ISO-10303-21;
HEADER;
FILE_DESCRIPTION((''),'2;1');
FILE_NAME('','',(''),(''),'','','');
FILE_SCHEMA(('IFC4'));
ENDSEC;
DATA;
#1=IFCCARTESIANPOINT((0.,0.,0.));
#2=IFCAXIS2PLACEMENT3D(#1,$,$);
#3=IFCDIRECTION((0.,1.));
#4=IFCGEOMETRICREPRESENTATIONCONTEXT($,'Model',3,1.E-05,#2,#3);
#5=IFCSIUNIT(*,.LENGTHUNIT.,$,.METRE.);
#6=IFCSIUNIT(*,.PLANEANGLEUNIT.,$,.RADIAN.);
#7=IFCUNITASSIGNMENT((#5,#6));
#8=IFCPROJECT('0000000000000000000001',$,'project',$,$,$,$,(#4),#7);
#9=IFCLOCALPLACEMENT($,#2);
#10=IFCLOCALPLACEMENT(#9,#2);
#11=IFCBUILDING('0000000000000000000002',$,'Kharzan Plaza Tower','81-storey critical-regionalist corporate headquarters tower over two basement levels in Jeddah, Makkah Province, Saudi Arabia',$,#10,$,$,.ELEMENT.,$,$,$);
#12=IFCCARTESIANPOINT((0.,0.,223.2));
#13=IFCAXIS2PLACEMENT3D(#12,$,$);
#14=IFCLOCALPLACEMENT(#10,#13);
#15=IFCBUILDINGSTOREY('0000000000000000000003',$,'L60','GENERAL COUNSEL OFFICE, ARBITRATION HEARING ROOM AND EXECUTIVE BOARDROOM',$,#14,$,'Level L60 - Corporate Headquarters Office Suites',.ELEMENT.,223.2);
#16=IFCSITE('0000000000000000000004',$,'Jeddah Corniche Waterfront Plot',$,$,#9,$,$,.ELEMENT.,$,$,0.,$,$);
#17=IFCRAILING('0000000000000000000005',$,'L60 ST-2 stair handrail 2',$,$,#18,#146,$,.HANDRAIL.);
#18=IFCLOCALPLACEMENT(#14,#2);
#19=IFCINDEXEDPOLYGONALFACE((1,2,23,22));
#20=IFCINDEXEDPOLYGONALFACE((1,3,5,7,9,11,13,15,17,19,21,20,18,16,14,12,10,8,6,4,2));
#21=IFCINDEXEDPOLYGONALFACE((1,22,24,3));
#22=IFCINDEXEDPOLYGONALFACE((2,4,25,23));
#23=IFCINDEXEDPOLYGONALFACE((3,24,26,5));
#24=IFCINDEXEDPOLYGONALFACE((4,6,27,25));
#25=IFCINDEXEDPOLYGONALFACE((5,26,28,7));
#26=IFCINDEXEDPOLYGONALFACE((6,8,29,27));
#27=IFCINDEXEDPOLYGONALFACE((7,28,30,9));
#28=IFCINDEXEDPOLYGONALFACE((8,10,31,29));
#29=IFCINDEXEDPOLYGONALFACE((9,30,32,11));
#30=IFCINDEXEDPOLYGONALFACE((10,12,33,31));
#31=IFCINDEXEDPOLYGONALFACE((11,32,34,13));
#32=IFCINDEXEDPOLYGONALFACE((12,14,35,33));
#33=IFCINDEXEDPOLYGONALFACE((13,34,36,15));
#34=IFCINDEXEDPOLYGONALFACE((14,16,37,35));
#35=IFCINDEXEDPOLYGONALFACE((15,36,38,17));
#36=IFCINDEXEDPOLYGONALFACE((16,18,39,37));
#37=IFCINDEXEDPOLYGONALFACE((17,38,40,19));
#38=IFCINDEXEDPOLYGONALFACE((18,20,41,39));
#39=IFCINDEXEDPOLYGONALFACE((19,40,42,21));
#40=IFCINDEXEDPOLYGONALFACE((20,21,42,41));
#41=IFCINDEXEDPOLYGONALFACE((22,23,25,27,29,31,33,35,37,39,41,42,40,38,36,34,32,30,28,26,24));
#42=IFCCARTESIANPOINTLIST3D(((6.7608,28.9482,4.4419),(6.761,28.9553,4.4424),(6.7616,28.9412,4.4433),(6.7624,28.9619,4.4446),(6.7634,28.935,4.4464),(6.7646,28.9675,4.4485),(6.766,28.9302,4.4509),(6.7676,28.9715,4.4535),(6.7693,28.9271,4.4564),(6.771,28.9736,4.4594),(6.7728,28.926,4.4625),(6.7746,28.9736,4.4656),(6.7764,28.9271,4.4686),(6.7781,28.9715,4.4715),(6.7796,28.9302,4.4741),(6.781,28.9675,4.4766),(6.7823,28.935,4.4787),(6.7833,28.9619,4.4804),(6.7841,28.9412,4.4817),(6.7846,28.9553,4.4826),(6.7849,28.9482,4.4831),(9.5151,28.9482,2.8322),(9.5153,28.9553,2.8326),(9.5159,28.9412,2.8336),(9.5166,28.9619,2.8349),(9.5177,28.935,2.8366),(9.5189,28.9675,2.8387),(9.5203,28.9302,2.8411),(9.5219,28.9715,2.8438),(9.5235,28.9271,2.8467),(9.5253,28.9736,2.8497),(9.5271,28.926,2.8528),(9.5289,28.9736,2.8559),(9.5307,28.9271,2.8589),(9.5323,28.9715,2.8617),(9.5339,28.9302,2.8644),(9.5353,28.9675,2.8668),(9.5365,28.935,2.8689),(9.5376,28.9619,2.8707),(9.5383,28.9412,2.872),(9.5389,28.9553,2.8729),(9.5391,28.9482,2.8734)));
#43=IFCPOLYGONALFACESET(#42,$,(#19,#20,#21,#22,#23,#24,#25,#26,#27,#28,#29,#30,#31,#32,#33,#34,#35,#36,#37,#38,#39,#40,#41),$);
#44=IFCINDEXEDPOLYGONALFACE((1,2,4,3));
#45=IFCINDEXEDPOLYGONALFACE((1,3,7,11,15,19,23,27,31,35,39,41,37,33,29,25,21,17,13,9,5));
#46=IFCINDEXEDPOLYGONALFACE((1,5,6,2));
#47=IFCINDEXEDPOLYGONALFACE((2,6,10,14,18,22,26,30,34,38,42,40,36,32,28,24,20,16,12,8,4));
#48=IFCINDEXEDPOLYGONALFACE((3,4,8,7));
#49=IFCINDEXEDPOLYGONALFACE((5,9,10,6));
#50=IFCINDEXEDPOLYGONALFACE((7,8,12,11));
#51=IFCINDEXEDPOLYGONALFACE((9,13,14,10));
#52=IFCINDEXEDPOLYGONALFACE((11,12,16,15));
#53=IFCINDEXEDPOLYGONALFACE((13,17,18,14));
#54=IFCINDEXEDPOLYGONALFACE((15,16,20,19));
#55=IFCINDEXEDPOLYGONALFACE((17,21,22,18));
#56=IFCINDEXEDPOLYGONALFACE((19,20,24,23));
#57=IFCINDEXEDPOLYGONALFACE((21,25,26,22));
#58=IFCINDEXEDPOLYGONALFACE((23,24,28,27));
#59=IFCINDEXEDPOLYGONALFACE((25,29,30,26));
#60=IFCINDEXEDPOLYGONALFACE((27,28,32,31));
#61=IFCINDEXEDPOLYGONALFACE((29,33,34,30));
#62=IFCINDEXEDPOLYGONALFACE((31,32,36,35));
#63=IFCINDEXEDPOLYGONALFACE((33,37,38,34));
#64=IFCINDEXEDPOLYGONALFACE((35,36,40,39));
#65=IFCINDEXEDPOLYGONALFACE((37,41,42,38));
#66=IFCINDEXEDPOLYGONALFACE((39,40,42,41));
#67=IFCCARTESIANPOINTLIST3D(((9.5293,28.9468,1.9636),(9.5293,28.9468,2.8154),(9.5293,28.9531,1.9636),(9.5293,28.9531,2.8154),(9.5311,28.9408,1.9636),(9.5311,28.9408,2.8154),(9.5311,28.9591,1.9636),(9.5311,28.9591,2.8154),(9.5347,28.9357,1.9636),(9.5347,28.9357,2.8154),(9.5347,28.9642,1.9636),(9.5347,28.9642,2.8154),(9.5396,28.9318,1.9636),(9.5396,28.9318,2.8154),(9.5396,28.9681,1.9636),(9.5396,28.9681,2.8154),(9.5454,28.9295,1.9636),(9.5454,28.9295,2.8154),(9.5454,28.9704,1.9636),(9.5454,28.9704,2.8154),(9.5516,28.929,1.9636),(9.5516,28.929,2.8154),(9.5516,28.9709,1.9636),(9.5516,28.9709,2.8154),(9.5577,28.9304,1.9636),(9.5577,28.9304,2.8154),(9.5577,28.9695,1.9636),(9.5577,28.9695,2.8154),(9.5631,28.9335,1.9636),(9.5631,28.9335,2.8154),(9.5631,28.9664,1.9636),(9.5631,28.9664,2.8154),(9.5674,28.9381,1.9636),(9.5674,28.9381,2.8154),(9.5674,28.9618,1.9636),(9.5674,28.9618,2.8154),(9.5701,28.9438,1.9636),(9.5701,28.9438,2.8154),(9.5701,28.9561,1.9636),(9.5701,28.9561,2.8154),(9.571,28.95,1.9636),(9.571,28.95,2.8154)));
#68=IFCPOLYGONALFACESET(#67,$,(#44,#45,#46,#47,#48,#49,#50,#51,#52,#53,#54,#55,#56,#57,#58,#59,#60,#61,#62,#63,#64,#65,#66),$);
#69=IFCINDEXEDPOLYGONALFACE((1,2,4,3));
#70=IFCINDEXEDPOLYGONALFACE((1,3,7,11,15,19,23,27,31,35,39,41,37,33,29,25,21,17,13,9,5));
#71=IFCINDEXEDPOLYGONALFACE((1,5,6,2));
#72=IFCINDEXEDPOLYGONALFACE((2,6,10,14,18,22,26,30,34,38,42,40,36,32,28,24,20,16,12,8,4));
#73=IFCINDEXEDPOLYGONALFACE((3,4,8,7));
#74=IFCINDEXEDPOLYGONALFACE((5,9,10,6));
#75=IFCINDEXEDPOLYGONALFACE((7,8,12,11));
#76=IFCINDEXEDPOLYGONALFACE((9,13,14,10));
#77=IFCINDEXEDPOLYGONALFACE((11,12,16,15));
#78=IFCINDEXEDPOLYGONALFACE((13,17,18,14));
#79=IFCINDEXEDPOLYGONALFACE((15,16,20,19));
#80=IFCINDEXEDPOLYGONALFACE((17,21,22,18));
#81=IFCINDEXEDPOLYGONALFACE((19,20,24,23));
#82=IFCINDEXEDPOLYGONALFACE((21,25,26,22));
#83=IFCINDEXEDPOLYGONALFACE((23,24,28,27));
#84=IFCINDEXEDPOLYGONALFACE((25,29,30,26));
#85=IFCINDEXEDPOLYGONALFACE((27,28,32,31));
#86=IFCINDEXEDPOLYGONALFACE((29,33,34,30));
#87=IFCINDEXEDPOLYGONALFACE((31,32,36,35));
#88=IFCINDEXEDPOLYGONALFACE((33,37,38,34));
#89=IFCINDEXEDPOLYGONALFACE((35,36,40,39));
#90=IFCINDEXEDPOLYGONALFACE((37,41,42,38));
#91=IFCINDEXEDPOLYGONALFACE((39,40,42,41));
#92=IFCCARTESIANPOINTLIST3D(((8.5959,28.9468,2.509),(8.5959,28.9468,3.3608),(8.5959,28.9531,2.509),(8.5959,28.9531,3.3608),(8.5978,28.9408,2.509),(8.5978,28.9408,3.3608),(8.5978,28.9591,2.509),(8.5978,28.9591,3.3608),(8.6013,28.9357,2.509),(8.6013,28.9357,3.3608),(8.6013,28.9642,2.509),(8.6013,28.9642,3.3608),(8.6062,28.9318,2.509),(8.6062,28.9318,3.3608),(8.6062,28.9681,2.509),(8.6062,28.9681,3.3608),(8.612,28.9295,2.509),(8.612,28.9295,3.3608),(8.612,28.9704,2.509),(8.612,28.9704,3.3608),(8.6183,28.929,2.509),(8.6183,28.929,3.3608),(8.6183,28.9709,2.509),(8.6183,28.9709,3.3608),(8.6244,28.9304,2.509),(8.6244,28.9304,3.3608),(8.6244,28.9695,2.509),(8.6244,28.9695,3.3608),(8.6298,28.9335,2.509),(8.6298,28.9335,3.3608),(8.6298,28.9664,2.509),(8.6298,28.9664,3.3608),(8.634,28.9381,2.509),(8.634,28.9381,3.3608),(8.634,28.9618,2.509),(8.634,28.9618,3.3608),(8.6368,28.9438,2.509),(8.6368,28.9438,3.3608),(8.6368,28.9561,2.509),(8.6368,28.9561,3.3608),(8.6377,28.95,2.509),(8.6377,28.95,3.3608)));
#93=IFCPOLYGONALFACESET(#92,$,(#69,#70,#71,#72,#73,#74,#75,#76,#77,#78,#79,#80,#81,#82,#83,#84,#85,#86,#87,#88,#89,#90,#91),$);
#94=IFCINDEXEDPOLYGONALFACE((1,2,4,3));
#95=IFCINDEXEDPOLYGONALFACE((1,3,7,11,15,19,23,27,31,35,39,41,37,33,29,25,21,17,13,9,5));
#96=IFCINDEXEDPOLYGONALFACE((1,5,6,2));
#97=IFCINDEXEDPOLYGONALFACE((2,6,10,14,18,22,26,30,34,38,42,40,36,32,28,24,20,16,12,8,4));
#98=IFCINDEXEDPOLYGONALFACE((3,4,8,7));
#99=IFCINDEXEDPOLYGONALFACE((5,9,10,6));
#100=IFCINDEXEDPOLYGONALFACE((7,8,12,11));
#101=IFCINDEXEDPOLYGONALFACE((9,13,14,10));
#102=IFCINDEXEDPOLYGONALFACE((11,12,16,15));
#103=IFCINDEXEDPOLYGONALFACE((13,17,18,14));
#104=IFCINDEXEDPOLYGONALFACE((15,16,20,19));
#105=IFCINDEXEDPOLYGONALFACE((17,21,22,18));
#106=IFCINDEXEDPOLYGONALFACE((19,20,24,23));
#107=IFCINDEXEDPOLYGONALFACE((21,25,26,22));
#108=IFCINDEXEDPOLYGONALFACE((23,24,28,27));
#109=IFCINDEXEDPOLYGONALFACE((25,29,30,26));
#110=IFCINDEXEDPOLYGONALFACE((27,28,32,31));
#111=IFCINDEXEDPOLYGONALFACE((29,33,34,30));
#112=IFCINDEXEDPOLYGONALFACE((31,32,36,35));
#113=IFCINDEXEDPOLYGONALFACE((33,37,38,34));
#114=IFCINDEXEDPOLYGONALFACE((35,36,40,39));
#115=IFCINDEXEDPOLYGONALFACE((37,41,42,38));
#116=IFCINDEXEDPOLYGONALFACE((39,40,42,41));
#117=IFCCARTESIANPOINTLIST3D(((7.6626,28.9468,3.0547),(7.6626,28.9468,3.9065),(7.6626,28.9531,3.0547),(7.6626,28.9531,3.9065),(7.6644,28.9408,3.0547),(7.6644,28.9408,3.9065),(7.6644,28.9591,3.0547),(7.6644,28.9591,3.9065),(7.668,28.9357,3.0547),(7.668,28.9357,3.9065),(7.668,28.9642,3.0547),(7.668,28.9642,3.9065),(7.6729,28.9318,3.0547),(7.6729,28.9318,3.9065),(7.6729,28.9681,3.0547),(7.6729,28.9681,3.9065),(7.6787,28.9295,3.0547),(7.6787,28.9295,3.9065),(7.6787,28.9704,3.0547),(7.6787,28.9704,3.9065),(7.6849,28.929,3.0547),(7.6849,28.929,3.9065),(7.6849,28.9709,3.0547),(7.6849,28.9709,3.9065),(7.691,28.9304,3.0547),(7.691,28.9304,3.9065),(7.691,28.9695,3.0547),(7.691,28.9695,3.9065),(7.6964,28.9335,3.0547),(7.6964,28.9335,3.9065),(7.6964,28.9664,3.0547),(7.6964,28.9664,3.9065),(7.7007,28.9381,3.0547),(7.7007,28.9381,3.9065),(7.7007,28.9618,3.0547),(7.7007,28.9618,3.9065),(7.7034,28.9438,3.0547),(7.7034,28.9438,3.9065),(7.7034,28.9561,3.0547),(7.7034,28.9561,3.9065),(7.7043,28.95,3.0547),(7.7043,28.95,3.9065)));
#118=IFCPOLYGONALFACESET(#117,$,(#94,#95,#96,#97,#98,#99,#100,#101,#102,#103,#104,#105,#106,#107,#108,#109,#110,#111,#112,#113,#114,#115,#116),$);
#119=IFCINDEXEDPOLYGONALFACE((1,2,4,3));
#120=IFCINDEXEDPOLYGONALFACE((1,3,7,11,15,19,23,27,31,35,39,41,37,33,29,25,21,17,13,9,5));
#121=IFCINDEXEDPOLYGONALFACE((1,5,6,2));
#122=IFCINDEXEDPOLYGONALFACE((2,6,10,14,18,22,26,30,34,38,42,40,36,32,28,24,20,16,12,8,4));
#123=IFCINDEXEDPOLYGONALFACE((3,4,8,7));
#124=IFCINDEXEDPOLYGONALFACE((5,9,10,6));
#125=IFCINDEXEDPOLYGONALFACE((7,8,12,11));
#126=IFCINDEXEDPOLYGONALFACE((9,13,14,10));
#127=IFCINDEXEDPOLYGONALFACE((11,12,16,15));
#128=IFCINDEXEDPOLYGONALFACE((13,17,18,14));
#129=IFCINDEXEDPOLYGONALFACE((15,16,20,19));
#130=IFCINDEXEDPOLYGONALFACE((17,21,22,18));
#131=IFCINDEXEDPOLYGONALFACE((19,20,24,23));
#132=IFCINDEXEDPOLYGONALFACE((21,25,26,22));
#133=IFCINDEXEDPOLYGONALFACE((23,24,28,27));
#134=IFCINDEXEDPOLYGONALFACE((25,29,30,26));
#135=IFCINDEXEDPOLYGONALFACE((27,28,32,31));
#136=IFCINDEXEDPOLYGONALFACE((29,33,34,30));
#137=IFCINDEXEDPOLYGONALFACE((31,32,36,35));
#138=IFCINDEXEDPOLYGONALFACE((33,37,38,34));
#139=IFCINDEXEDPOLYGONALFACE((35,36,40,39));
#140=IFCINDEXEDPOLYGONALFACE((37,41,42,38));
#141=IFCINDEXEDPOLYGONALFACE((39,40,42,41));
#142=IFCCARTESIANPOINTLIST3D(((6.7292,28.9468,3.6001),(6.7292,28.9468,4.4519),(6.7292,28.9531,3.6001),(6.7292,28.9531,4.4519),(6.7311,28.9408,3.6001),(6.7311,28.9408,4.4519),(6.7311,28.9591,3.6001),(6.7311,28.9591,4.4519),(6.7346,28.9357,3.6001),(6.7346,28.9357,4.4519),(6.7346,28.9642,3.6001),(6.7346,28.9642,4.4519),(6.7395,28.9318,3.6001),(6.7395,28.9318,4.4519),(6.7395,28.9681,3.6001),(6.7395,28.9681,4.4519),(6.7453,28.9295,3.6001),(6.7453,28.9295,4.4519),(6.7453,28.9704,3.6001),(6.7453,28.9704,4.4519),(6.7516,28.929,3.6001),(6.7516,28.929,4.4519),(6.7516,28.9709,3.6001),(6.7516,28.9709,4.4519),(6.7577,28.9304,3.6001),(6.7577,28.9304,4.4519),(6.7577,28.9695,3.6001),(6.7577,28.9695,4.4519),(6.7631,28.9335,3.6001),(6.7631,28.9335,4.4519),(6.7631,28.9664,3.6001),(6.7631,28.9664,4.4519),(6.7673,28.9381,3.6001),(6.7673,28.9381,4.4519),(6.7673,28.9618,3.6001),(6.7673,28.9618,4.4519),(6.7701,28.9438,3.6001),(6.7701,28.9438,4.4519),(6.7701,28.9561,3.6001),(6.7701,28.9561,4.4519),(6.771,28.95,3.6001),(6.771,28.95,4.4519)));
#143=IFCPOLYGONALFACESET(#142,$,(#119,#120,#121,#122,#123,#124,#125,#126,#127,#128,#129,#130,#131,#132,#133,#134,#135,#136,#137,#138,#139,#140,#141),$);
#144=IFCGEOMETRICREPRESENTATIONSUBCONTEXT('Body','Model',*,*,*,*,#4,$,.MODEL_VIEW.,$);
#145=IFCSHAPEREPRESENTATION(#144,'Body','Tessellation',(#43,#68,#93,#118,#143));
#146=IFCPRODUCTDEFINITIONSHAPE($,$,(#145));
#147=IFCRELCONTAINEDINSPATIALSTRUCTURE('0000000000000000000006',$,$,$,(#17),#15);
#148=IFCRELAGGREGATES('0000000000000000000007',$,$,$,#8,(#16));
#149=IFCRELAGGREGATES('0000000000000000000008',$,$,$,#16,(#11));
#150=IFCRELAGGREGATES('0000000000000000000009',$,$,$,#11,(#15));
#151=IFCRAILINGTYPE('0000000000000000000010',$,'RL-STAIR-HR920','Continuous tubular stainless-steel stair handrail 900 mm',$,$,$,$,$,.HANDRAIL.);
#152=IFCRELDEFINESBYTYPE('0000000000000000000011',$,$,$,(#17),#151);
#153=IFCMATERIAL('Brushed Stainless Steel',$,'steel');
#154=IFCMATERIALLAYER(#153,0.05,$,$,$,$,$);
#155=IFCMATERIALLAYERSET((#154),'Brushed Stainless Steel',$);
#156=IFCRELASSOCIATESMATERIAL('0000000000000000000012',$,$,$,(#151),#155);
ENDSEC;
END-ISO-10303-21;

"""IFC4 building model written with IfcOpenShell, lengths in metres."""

from ifc_helpers import new_model, si_unit, direction, frame, origin, origin_2d, place, context, subcontext, project, spatial, circle, extrude, source, transform, mapped, material, layer, layer_set, type_object, element, save


model = new_model("IFC4")

# Units and contexts
model_context = context("Model", 3, precision=1e-05, world=origin(), true_north=direction((0.0, 1.0)))
body_context = subcontext(model_context, "Body", "Model", "MODEL_VIEW")
ifc_project = project(units=[si_unit("LENGTHUNIT", "METRE"), si_unit("PLANEANGLEUNIT", "RADIAN")], contexts=[model_context])

# Site, building, storey
site_placement = place(None, origin())
site = spatial("IfcSite", under=ifc_project, at=site_placement, Name="Jeddah Corniche Waterfront Plot", CompositionType="ELEMENT", RefElevation=0.0)
building_placement = place(site_placement, origin())
building = spatial("IfcBuilding", under=site, at=building_placement, Name="Kharzan Plaza Tower", Description="81-storey critical-regionalist corporate headquarters tower over two basement levels in Jeddah, Makkah Province, Saudi Arabia", CompositionType="ELEMENT")
storey_placement = place(building_placement, frame((0.0, 0.0, 223.2)))
storey = spatial("IfcBuildingStorey", under=building, at=storey_placement, Name="L60", Description="GENERAL COUNSEL OFFICE, ARBITRATION HEARING ROOM AND EXECUTIVE BOARDROOM", LongName="Level L60 - Corporate Headquarters Office Suites", CompositionType="ELEMENT", Elevation=223.2)

# Railing
ifc_material_1 = material(Name="Brushed Stainless Steel", Category="steel")
ifc_layer_1 = layer(ifc_material_1, 0.05)
ifc_layer_set_1 = layer_set([ifc_layer_1], Name="Brushed Stainless Steel")
railing_type_1 = type_object("IfcRailingType", Name="RL-STAIR-HR920", Description="Continuous tubular stainless-steel stair handrail 900 mm", PredefinedType="HANDRAIL", material=ifc_layer_set_1)
shared_shape_1 = source(origin(), body_context, "Body", "SweptSolid", [
    extrude(circle(Radius=0.0239, at=origin_2d()), frame((-0.0229, 0.0, 0.8892), z_axis=(-0.863361, 0.0, 0.504587), x_axis=(0.0, -1.0, 0.0)), (0.0, 0.0, 1.0), 3.1902),
    extrude(circle(Radius=0.021, at=origin_2d()), origin(), (0.0, 0.0, 1.0), 0.8518),
    extrude(circle(Radius=0.021, at=origin_2d()), frame((-0.9333, 0.0, 0.5454)), (0.0, 0.0, 1.0), 0.8518),
    extrude(circle(Radius=0.021, at=origin_2d()), frame((-1.8667, 0.0, 1.0911)), (0.0, 0.0, 1.0), 0.8518),
    extrude(circle(Radius=0.021, at=origin_2d()), frame((-2.8, 0.0, 1.6365)), (0.0, 0.0, 1.0), 0.8518),
])
railing_1_placement = place(storey_placement, frame((9.55, 28.95, 1.9636)))
element("IfcRailing", 1, at=railing_1_placement, inside=storey, type_object=railing_type_1, Name="L60 ST-2 stair handrail 2", PredefinedType="HANDRAIL", context=body_context, shape_type="MappedRepresentation", body=[
    mapped(shared_shape_1, transform((0.0, 0.0, 0.0), x_axis=(1.0, 0.0, 0.0), y_axis=(0.0, 1.0, 0.0), z_axis=(0.0, 0.0, 1.0))),
])

save(model, "model.ifc")
